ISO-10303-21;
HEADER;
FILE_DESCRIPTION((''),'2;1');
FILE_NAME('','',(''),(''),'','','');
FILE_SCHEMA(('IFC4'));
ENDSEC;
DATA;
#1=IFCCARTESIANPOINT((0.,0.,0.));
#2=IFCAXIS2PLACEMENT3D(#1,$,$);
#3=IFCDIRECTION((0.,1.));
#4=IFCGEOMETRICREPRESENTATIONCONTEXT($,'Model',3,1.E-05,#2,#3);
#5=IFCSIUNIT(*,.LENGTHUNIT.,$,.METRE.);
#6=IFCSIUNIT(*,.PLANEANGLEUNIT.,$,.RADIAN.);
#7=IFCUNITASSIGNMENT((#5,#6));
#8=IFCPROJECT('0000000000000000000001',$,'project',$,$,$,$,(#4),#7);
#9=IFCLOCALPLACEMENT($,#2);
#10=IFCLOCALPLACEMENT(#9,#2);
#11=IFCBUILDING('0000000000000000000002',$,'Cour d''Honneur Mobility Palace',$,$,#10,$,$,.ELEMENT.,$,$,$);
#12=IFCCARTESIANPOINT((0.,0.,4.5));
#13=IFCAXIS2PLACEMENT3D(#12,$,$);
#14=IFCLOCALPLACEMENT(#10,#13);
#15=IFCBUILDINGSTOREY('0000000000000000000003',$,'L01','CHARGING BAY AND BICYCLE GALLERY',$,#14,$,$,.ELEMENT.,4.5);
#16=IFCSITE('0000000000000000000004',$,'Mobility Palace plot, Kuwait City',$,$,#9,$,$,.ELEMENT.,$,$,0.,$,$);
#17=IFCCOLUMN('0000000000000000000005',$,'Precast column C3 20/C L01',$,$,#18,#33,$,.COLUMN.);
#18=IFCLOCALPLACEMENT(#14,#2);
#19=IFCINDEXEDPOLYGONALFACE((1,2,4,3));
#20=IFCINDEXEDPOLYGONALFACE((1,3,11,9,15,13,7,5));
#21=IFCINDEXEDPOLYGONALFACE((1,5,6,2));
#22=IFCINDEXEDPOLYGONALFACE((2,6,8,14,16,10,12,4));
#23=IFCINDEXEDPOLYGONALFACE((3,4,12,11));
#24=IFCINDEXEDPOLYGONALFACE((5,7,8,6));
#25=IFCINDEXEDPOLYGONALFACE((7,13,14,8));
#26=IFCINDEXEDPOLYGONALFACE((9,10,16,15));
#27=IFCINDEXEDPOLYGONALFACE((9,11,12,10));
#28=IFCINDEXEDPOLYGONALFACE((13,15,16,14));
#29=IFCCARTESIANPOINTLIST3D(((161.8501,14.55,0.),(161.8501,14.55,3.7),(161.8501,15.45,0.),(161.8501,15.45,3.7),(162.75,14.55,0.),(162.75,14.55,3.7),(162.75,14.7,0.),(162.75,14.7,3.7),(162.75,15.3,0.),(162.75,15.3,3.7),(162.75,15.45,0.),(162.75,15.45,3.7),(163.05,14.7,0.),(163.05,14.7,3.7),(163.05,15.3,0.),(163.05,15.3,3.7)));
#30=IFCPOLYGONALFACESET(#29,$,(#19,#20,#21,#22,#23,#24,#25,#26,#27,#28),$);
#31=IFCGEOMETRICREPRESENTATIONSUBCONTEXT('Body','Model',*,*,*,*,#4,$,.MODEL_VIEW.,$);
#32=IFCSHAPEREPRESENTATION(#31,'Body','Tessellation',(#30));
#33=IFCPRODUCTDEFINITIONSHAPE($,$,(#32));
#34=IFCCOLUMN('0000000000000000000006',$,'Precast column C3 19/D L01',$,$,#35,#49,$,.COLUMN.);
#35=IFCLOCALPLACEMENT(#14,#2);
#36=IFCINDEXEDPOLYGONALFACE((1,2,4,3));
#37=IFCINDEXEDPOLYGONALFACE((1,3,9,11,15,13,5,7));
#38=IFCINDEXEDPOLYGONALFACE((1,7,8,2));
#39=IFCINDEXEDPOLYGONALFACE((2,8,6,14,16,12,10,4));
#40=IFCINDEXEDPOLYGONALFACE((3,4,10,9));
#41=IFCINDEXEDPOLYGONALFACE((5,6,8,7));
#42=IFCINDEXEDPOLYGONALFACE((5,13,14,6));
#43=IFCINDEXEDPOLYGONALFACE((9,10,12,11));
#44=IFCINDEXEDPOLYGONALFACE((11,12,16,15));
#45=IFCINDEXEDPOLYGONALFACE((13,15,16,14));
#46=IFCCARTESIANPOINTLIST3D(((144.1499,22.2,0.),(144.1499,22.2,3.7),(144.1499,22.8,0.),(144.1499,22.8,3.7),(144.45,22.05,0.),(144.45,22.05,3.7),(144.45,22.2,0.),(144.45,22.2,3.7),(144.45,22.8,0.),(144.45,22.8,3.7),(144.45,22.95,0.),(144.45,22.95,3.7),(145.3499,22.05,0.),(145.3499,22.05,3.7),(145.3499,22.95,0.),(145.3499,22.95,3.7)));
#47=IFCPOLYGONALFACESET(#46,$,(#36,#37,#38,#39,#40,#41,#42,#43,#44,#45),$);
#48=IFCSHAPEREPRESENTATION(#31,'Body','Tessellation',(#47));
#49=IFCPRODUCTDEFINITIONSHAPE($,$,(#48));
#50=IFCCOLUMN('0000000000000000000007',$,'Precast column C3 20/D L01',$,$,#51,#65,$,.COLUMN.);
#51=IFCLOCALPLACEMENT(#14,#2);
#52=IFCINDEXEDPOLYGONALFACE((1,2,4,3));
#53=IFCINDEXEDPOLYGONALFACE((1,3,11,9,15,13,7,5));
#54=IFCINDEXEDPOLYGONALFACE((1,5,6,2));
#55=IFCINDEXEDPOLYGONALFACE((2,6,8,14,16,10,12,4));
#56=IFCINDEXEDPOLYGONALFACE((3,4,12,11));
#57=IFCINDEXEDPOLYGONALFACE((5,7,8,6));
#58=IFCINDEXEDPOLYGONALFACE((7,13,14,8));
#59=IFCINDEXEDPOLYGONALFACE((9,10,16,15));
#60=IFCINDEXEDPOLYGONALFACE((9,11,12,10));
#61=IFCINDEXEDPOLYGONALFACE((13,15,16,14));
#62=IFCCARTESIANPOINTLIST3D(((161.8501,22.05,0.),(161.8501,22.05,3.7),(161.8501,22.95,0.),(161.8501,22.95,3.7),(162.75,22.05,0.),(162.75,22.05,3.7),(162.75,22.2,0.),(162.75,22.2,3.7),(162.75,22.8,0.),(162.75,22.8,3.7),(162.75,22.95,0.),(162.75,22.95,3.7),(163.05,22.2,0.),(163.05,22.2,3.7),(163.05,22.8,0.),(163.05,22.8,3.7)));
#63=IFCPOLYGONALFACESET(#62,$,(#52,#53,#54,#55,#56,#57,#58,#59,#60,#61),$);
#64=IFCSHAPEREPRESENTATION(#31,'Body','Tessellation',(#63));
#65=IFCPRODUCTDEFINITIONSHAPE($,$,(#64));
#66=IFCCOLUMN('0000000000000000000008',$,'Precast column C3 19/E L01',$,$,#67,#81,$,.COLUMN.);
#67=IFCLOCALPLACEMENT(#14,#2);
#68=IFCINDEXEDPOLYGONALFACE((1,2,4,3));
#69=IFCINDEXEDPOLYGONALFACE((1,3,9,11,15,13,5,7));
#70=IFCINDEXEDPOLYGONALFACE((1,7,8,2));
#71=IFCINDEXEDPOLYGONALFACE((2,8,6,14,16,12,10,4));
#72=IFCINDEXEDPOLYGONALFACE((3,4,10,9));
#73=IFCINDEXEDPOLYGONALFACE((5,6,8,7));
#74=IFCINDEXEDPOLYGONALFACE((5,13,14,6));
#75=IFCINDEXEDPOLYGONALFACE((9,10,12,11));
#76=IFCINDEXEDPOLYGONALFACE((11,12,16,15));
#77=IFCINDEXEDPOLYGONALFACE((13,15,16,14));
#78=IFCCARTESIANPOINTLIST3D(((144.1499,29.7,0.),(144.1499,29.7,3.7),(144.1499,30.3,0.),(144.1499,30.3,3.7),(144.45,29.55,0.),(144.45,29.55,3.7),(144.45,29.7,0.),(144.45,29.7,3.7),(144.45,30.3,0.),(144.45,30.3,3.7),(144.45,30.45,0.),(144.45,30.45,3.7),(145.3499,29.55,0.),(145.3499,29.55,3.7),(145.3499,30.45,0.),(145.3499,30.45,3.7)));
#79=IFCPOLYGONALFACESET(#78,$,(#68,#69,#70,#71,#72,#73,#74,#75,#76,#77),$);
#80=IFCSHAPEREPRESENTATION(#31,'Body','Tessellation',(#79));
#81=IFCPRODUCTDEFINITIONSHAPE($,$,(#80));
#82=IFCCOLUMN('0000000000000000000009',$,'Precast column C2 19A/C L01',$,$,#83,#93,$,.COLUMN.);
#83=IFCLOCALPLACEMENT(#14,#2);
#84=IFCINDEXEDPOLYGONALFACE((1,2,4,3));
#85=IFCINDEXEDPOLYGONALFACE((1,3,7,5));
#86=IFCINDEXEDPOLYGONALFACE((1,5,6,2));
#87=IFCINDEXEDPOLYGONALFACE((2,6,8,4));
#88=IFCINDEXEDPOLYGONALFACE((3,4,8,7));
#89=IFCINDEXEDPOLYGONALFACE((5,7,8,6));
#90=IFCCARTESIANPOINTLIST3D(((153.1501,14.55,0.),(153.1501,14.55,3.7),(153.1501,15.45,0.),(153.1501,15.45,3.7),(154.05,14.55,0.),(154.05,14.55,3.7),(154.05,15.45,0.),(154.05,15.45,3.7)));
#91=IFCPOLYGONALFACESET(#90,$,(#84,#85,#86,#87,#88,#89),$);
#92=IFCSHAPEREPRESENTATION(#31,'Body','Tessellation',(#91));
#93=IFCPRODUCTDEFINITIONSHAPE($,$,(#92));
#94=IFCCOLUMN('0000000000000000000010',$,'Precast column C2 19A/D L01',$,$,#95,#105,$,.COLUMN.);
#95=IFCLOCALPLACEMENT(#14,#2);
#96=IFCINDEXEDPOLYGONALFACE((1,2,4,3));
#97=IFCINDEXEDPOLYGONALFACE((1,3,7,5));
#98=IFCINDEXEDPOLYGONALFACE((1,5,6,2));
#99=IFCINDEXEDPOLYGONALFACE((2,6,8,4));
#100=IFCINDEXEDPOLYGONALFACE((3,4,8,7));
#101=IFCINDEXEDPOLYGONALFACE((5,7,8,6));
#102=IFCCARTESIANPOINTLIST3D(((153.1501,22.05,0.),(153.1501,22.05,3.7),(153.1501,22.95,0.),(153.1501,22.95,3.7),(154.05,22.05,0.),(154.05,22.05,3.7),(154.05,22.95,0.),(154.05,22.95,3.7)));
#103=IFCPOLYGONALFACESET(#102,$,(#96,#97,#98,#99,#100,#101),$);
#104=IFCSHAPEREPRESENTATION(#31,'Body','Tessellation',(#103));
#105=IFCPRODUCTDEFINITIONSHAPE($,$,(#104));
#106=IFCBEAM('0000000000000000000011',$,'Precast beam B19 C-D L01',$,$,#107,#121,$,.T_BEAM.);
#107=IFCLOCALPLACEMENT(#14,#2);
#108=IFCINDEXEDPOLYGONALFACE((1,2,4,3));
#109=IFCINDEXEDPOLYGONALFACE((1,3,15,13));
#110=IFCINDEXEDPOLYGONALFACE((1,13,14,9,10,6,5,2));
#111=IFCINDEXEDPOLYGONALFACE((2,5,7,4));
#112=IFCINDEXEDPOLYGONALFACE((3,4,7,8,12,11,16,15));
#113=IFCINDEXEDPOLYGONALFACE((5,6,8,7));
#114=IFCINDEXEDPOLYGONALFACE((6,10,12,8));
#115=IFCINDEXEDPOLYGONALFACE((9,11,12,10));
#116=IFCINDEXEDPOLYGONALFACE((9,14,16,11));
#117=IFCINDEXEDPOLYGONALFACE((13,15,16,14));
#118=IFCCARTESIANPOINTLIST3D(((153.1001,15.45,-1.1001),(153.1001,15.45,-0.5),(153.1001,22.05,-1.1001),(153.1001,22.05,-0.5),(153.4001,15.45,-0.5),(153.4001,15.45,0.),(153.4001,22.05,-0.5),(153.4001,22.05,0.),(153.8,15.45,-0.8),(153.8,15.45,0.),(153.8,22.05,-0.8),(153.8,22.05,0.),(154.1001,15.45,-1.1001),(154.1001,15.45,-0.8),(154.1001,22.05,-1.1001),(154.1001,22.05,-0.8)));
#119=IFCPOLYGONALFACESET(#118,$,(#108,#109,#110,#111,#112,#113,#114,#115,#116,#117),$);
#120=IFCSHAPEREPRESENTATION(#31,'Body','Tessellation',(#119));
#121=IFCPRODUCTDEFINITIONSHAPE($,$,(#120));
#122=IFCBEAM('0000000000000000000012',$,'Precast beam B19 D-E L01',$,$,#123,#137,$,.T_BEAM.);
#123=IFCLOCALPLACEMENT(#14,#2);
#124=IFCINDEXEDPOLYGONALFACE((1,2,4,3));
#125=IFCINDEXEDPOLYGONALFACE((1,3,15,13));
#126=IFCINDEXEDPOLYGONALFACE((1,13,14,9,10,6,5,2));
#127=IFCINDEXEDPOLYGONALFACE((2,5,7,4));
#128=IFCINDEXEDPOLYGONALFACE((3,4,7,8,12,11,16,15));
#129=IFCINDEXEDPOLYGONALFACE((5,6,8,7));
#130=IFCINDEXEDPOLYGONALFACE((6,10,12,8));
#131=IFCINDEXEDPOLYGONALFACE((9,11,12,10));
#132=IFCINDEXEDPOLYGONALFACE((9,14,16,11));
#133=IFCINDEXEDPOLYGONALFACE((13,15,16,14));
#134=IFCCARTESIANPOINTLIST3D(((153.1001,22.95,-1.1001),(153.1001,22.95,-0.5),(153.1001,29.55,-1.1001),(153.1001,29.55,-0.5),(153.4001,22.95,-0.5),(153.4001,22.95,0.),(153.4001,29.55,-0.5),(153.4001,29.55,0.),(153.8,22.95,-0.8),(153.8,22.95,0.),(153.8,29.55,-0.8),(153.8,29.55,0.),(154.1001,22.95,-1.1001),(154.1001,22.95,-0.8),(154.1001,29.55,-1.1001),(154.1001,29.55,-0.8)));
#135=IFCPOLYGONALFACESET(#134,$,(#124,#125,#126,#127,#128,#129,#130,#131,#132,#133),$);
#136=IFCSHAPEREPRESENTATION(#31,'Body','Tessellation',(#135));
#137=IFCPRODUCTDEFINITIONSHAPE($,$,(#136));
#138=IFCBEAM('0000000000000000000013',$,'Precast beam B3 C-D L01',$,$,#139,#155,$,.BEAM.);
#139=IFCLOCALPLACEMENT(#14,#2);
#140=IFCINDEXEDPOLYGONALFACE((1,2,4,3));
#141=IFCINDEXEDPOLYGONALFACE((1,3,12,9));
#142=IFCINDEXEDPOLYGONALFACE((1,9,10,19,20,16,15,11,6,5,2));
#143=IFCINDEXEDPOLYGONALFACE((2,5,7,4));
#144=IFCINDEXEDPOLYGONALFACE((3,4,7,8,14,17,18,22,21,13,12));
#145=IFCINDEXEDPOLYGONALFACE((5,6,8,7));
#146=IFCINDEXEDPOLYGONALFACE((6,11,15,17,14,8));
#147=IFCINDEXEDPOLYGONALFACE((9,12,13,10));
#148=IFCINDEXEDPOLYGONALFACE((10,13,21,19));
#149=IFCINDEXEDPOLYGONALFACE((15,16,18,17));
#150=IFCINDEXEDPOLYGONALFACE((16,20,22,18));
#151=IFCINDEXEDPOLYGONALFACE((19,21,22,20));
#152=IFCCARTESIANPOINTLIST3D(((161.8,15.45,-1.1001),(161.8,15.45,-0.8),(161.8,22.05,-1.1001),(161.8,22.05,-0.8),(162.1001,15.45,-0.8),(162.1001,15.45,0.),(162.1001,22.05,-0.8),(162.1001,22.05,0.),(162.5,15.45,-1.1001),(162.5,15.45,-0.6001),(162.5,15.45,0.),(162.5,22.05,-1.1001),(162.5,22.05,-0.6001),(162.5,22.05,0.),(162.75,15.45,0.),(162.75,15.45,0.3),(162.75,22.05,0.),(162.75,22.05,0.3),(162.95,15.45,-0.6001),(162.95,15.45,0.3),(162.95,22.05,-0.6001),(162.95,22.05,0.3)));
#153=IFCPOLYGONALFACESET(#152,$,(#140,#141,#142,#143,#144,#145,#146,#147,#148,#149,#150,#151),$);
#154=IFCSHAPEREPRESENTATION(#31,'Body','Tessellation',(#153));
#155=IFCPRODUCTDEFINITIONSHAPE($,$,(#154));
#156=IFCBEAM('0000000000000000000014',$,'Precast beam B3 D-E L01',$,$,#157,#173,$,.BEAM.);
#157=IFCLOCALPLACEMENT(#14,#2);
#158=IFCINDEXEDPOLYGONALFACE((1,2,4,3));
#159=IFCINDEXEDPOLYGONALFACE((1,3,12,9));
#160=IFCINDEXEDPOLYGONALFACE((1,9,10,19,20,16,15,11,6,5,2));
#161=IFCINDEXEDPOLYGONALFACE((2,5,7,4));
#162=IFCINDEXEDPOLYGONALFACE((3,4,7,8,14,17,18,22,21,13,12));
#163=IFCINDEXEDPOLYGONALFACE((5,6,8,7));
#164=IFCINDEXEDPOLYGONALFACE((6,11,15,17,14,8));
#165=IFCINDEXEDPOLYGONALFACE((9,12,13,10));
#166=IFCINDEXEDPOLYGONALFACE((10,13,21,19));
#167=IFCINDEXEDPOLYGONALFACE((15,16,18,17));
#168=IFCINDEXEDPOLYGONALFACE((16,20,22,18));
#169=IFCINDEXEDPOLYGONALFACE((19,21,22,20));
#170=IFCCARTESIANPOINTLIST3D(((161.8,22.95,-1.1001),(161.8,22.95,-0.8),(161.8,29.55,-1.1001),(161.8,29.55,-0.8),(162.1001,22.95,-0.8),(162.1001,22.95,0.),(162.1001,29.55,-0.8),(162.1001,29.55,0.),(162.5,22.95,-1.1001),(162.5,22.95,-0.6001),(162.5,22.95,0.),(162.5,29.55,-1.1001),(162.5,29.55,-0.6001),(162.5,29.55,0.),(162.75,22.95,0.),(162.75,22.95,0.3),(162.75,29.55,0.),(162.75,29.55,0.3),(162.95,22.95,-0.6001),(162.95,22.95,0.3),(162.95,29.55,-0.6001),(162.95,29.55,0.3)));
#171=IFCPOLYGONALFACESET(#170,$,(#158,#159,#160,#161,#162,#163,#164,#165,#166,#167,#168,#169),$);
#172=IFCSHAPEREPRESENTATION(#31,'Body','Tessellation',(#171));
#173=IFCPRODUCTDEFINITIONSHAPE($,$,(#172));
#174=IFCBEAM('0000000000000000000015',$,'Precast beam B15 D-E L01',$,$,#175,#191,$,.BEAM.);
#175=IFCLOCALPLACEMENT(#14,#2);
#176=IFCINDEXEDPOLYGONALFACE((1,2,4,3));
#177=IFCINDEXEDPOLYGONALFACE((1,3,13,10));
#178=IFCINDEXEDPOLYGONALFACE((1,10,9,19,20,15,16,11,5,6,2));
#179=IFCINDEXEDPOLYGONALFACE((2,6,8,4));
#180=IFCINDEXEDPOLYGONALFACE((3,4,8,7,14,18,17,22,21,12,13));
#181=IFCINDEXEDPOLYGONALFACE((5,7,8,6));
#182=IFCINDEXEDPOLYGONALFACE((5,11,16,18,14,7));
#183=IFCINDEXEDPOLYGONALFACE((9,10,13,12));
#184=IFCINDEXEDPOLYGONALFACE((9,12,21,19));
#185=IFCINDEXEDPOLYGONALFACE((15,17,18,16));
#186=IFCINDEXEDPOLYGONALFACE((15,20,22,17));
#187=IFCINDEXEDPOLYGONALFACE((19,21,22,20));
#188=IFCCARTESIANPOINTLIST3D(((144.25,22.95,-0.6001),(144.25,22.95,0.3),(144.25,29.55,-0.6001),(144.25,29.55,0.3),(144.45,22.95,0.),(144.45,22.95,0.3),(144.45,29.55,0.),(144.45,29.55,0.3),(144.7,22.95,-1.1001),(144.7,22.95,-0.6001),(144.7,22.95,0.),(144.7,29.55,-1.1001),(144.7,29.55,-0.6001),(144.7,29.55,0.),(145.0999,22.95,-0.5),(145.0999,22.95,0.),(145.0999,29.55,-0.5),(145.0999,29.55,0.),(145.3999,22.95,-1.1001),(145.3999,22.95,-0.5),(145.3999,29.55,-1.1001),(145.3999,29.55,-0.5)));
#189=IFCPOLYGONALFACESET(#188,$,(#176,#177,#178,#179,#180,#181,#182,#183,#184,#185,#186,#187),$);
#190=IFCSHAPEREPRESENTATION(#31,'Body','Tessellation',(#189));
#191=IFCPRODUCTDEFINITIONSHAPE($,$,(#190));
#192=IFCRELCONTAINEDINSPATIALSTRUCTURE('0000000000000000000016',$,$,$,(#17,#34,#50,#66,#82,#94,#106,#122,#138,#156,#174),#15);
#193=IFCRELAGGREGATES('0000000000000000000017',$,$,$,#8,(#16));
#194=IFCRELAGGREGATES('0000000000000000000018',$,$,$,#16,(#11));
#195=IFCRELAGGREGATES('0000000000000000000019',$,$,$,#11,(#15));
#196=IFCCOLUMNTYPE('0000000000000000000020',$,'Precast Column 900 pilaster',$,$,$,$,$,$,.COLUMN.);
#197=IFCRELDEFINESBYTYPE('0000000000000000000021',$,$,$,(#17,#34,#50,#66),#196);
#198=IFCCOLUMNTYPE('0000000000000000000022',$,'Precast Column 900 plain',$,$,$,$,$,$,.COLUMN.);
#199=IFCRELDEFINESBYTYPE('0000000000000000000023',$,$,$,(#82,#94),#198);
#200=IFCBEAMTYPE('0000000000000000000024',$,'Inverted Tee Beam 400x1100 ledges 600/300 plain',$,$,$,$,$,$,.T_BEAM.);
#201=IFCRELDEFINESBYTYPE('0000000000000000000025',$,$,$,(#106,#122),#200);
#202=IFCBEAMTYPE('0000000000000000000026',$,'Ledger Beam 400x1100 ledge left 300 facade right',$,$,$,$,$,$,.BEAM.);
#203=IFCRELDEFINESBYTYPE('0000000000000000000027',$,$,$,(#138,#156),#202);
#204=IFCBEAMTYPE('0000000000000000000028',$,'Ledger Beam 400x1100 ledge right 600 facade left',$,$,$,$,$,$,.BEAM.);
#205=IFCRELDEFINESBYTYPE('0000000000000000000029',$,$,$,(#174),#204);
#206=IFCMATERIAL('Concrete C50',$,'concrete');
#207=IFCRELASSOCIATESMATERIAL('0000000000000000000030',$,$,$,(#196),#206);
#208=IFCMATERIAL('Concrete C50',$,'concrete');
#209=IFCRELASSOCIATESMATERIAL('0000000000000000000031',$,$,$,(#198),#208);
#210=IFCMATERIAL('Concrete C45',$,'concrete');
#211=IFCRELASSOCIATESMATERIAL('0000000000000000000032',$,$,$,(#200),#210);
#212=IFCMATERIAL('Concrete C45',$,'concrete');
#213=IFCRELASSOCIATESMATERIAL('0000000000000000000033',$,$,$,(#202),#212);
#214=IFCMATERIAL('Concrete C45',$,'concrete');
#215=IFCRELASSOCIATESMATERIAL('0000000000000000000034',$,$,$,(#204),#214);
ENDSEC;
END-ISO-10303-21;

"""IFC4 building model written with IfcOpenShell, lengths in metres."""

from ifc_helpers import new_model, si_unit, direction, frame, origin, place, context, subcontext, project, spatial, polyline, outline, extrude, material, material_profile, profile_set, type_object, element, save


model = new_model("IFC4")

# Units and contexts
model_context = context("Model", 3, precision=1e-05, world=origin(), true_north=direction((0.0, 1.0)))
body_context = subcontext(model_context, "Body", "Model", "MODEL_VIEW")
ifc_project = project(units=[si_unit("LENGTHUNIT", "METRE"), si_unit("PLANEANGLEUNIT", "RADIAN")], contexts=[model_context])

# Site, building, storey
site_placement = place(None, origin())
site = spatial("IfcSite", under=ifc_project, at=site_placement, Name="Mobility Palace plot, Kuwait City", CompositionType="ELEMENT", RefElevation=0.0)
building_placement = place(site_placement, origin())
building = spatial("IfcBuilding", under=site, at=building_placement, Name="Cour d'Honneur Mobility Palace", CompositionType="ELEMENT")
storey_placement = place(building_placement, frame((0.0, 0.0, 4.5)))
storey = spatial("IfcBuildingStorey", under=building, at=storey_placement, Name="L01", Description="CHARGING BAY AND BICYCLE GALLERY", CompositionType="ELEMENT", Elevation=4.5)

# Columns
ifc_material_1 = material(Name="Concrete C50", Category="concrete")
ifc_material_profile_1 = material_profile(ifc_material_1, outline(polyline([(-0.45, -0.45), (0.45, -0.45), (0.45, -0.3), (0.75, -0.3), (0.75, 0.3), (0.45, 0.3), (0.45, 0.45), (-0.45, 0.45), (-0.45, -0.45)])), Name="PC C900 pilaster")
ifc_profile_set_1 = profile_set([ifc_material_profile_1], Name="Concrete C50")
column_type_1 = type_object("IfcColumnType", Name="Precast Column 900 pilaster", PredefinedType="COLUMN", material=ifc_profile_set_1)
for number, where, z_axis, x_axis, name in (
    (1, (162.3, 15.0, 0.0), (0.0, 0.0, 1.0), (1.0, 0.0, 0.0), "Precast column C3 20/C L01"),
    (2, (144.8999, 22.5, 0.0), (0.0, 0.0, 1.0), (-1.0, 0.0, 0.0), "Precast column C3 19/D L01"),
    (3, (162.3, 22.5, 0.0), (0.0, 0.0, 1.0), (1.0, 0.0, 0.0), "Precast column C3 20/D L01"),
    (4, (144.8999, 30.0, 0.0), (0.0, 0.0, 1.0), (-1.0, 0.0, 0.0), "Precast column C3 19/E L01"),
):
    element("IfcColumn", number, at=place(storey_placement, frame(where, z_axis=z_axis, x_axis=x_axis)), inside=storey, type_object=column_type_1, Name=name, PredefinedType="COLUMN", context=body_context, shape_type="SweptSolid", body=[
        extrude(outline(polyline([(-0.45, -0.45), (0.45, -0.45), (0.45, -0.3), (0.75, -0.3), (0.75, 0.3), (0.45, 0.3), (0.45, 0.45), (-0.45, 0.45), (-0.45, -0.45)])), origin(), (0.0, 0.0, 1.0), 3.7),
    ])
ifc_material_2 = material(Name="Concrete C50", Category="concrete")
ifc_material_profile_2 = material_profile(ifc_material_2, outline(polyline([(-0.45, -0.45), (0.45, -0.45), (0.45, 0.45), (-0.45, 0.45), (-0.45, -0.45)])), Name="PC C900 plain")
ifc_profile_set_2 = profile_set([ifc_material_profile_2], Name="Concrete C50")
column_type_2 = type_object("IfcColumnType", Name="Precast Column 900 plain", PredefinedType="COLUMN", material=ifc_profile_set_2)
for number, where, z_axis, x_axis, name in (
    (5, (153.6001, 15.0, 0.0), (0.0, 0.0, 1.0), (1.0, 0.0, 0.0), "Precast column C2 19A/C L01"),
    (6, (153.6001, 22.5, 0.0), (0.0, 0.0, 1.0), (1.0, 0.0, 0.0), "Precast column C2 19A/D L01"),
):
    element("IfcColumn", number, at=place(storey_placement, frame(where, z_axis=z_axis, x_axis=x_axis)), inside=storey, type_object=column_type_2, Name=name, PredefinedType="COLUMN", context=body_context, shape_type="SweptSolid", body=[
        extrude(outline(polyline([(-0.45, -0.45), (0.45, -0.45), (0.45, 0.45), (-0.45, 0.45), (-0.45, -0.45)])), origin(), (0.0, 0.0, 1.0), 3.7),
    ])

# Beams
ifc_material_3 = material(Name="Concrete C45", Category="concrete")
ifc_material_profile_3 = material_profile(ifc_material_3, outline(polyline([(0.5, -1.1001), (0.5, -0.5), (0.2, -0.5), (0.2, 0.0), (-0.2, 0.0), (-0.2, -0.8), (-0.5, -0.8), (-0.5, -1.1001), (0.5, -1.1001)])), Name="Inverted Tee Beam 400x1100 ledges 600/300 plain")
ifc_profile_set_3 = profile_set([ifc_material_profile_3], Name="Concrete C45")
beam_type_1 = type_object("IfcBeamType", Name="Inverted Tee Beam 400x1100 ledges 600/300 plain", PredefinedType="T_BEAM", material=ifc_profile_set_3)
for number, where, z_axis, x_axis, name in (
    (7, (153.6001, 15.45, 0.0), (0.0, 1.0, 0.0), (-1.0, 0.0, 0.0), "Precast beam B19 C-D L01"),
    (8, (153.6001, 22.95, 0.0), (0.0, 1.0, 0.0), (-1.0, 0.0, 0.0), "Precast beam B19 D-E L01"),
):
    element("IfcBeam", number, at=place(storey_placement, frame(where, z_axis=z_axis, x_axis=x_axis)), inside=storey, type_object=beam_type_1, Name=name, PredefinedType="T_BEAM", context=body_context, shape_type="SweptSolid", body=[
        extrude(outline(polyline([(0.5, -1.1001), (0.5, -0.5), (0.2, -0.5), (0.2, 0.0), (-0.2, 0.0), (-0.2, -0.8), (-0.5, -0.8), (-0.5, -1.1001), (0.5, -1.1001)])), origin(), (0.0, 0.0, 1.0), 6.6001),
    ])
ifc_material_4 = material(Name="Concrete C45", Category="concrete")
ifc_material_profile_4 = material_profile(ifc_material_4, outline(polyline([(0.5, -1.1001), (0.5, -0.8), (0.2, -0.8), (0.2, 0.0), (-0.2, 0.0), (-0.45, 0.0), (-0.45, 0.3), (-0.6499, 0.3), (-0.6499, -0.6001), (-0.2, -0.6001), (-0.2, -1.1001), (0.5, -1.1001)])), Name="Ledger Beam 400x1100 ledge left 300 facade right")
ifc_profile_set_4 = profile_set([ifc_material_profile_4], Name="Concrete C45")
beam_type_2 = type_object("IfcBeamType", Name="Ledger Beam 400x1100 ledge left 300 facade right", PredefinedType="BEAM", material=ifc_profile_set_4)
for number, where, z_axis, x_axis, name in (
    (9, (162.3, 15.45, 0.0), (0.0, 1.0, 0.0), (-1.0, 0.0, 0.0), "Precast beam B3 C-D L01"),
    (10, (162.3, 22.95, 0.0), (0.0, 1.0, 0.0), (-1.0, 0.0, 0.0), "Precast beam B3 D-E L01"),
):
    element("IfcBeam", number, at=place(storey_placement, frame(where, z_axis=z_axis, x_axis=x_axis)), inside=storey, type_object=beam_type_2, Name=name, PredefinedType="BEAM", context=body_context, shape_type="SweptSolid", body=[
        extrude(outline(polyline([(0.5, -1.1001), (0.5, -0.8), (0.2, -0.8), (0.2, 0.0), (-0.2, 0.0), (-0.45, 0.0), (-0.45, 0.3), (-0.6499, 0.3), (-0.6499, -0.6001), (-0.2, -0.6001), (-0.2, -1.1001), (0.5, -1.1001)])), origin(), (0.0, 0.0, 1.0), 6.6001),
    ])
ifc_material_5 = material(Name="Concrete C45", Category="concrete")
ifc_material_profile_5 = material_profile(ifc_material_5, outline(polyline([(0.2, -1.1001), (0.2, -0.6001), (0.6499, -0.6001), (0.6499, 0.3), (0.45, 0.3), (0.45, 0.0), (0.2, 0.0), (-0.2, 0.0), (-0.2, -0.5), (-0.5, -0.5), (-0.5, -1.1001), (0.2, -1.1001)])), Name="Ledger Beam 400x1100 ledge right 600 facade left")
ifc_profile_set_5 = profile_set([ifc_material_profile_5], Name="Concrete C45")
beam_type_3 = type_object("IfcBeamType", Name="Ledger Beam 400x1100 ledge right 600 facade left", PredefinedType="BEAM", material=ifc_profile_set_5)
beam_placement = place(storey_placement, frame((144.8999, 22.95, 0.0), z_axis=(0.0, 1.0, 0.0), x_axis=(-1.0, 0.0, 0.0)))
element("IfcBeam", 11, at=beam_placement, inside=storey, type_object=beam_type_3, Name="Precast beam B15 D-E L01", PredefinedType="BEAM", context=body_context, shape_type="SweptSolid", body=[
    extrude(outline(polyline([(0.2, -1.1001), (0.2, -0.6001), (0.6499, -0.6001), (0.6499, 0.3), (0.45, 0.3), (0.45, 0.0), (0.2, 0.0), (-0.2, 0.0), (-0.2, -0.5), (-0.5, -0.5), (-0.5, -1.1001), (0.2, -1.1001)])), origin(), (0.0, 0.0, 1.0), 6.6001),
])

save(model, "model.ifc")
